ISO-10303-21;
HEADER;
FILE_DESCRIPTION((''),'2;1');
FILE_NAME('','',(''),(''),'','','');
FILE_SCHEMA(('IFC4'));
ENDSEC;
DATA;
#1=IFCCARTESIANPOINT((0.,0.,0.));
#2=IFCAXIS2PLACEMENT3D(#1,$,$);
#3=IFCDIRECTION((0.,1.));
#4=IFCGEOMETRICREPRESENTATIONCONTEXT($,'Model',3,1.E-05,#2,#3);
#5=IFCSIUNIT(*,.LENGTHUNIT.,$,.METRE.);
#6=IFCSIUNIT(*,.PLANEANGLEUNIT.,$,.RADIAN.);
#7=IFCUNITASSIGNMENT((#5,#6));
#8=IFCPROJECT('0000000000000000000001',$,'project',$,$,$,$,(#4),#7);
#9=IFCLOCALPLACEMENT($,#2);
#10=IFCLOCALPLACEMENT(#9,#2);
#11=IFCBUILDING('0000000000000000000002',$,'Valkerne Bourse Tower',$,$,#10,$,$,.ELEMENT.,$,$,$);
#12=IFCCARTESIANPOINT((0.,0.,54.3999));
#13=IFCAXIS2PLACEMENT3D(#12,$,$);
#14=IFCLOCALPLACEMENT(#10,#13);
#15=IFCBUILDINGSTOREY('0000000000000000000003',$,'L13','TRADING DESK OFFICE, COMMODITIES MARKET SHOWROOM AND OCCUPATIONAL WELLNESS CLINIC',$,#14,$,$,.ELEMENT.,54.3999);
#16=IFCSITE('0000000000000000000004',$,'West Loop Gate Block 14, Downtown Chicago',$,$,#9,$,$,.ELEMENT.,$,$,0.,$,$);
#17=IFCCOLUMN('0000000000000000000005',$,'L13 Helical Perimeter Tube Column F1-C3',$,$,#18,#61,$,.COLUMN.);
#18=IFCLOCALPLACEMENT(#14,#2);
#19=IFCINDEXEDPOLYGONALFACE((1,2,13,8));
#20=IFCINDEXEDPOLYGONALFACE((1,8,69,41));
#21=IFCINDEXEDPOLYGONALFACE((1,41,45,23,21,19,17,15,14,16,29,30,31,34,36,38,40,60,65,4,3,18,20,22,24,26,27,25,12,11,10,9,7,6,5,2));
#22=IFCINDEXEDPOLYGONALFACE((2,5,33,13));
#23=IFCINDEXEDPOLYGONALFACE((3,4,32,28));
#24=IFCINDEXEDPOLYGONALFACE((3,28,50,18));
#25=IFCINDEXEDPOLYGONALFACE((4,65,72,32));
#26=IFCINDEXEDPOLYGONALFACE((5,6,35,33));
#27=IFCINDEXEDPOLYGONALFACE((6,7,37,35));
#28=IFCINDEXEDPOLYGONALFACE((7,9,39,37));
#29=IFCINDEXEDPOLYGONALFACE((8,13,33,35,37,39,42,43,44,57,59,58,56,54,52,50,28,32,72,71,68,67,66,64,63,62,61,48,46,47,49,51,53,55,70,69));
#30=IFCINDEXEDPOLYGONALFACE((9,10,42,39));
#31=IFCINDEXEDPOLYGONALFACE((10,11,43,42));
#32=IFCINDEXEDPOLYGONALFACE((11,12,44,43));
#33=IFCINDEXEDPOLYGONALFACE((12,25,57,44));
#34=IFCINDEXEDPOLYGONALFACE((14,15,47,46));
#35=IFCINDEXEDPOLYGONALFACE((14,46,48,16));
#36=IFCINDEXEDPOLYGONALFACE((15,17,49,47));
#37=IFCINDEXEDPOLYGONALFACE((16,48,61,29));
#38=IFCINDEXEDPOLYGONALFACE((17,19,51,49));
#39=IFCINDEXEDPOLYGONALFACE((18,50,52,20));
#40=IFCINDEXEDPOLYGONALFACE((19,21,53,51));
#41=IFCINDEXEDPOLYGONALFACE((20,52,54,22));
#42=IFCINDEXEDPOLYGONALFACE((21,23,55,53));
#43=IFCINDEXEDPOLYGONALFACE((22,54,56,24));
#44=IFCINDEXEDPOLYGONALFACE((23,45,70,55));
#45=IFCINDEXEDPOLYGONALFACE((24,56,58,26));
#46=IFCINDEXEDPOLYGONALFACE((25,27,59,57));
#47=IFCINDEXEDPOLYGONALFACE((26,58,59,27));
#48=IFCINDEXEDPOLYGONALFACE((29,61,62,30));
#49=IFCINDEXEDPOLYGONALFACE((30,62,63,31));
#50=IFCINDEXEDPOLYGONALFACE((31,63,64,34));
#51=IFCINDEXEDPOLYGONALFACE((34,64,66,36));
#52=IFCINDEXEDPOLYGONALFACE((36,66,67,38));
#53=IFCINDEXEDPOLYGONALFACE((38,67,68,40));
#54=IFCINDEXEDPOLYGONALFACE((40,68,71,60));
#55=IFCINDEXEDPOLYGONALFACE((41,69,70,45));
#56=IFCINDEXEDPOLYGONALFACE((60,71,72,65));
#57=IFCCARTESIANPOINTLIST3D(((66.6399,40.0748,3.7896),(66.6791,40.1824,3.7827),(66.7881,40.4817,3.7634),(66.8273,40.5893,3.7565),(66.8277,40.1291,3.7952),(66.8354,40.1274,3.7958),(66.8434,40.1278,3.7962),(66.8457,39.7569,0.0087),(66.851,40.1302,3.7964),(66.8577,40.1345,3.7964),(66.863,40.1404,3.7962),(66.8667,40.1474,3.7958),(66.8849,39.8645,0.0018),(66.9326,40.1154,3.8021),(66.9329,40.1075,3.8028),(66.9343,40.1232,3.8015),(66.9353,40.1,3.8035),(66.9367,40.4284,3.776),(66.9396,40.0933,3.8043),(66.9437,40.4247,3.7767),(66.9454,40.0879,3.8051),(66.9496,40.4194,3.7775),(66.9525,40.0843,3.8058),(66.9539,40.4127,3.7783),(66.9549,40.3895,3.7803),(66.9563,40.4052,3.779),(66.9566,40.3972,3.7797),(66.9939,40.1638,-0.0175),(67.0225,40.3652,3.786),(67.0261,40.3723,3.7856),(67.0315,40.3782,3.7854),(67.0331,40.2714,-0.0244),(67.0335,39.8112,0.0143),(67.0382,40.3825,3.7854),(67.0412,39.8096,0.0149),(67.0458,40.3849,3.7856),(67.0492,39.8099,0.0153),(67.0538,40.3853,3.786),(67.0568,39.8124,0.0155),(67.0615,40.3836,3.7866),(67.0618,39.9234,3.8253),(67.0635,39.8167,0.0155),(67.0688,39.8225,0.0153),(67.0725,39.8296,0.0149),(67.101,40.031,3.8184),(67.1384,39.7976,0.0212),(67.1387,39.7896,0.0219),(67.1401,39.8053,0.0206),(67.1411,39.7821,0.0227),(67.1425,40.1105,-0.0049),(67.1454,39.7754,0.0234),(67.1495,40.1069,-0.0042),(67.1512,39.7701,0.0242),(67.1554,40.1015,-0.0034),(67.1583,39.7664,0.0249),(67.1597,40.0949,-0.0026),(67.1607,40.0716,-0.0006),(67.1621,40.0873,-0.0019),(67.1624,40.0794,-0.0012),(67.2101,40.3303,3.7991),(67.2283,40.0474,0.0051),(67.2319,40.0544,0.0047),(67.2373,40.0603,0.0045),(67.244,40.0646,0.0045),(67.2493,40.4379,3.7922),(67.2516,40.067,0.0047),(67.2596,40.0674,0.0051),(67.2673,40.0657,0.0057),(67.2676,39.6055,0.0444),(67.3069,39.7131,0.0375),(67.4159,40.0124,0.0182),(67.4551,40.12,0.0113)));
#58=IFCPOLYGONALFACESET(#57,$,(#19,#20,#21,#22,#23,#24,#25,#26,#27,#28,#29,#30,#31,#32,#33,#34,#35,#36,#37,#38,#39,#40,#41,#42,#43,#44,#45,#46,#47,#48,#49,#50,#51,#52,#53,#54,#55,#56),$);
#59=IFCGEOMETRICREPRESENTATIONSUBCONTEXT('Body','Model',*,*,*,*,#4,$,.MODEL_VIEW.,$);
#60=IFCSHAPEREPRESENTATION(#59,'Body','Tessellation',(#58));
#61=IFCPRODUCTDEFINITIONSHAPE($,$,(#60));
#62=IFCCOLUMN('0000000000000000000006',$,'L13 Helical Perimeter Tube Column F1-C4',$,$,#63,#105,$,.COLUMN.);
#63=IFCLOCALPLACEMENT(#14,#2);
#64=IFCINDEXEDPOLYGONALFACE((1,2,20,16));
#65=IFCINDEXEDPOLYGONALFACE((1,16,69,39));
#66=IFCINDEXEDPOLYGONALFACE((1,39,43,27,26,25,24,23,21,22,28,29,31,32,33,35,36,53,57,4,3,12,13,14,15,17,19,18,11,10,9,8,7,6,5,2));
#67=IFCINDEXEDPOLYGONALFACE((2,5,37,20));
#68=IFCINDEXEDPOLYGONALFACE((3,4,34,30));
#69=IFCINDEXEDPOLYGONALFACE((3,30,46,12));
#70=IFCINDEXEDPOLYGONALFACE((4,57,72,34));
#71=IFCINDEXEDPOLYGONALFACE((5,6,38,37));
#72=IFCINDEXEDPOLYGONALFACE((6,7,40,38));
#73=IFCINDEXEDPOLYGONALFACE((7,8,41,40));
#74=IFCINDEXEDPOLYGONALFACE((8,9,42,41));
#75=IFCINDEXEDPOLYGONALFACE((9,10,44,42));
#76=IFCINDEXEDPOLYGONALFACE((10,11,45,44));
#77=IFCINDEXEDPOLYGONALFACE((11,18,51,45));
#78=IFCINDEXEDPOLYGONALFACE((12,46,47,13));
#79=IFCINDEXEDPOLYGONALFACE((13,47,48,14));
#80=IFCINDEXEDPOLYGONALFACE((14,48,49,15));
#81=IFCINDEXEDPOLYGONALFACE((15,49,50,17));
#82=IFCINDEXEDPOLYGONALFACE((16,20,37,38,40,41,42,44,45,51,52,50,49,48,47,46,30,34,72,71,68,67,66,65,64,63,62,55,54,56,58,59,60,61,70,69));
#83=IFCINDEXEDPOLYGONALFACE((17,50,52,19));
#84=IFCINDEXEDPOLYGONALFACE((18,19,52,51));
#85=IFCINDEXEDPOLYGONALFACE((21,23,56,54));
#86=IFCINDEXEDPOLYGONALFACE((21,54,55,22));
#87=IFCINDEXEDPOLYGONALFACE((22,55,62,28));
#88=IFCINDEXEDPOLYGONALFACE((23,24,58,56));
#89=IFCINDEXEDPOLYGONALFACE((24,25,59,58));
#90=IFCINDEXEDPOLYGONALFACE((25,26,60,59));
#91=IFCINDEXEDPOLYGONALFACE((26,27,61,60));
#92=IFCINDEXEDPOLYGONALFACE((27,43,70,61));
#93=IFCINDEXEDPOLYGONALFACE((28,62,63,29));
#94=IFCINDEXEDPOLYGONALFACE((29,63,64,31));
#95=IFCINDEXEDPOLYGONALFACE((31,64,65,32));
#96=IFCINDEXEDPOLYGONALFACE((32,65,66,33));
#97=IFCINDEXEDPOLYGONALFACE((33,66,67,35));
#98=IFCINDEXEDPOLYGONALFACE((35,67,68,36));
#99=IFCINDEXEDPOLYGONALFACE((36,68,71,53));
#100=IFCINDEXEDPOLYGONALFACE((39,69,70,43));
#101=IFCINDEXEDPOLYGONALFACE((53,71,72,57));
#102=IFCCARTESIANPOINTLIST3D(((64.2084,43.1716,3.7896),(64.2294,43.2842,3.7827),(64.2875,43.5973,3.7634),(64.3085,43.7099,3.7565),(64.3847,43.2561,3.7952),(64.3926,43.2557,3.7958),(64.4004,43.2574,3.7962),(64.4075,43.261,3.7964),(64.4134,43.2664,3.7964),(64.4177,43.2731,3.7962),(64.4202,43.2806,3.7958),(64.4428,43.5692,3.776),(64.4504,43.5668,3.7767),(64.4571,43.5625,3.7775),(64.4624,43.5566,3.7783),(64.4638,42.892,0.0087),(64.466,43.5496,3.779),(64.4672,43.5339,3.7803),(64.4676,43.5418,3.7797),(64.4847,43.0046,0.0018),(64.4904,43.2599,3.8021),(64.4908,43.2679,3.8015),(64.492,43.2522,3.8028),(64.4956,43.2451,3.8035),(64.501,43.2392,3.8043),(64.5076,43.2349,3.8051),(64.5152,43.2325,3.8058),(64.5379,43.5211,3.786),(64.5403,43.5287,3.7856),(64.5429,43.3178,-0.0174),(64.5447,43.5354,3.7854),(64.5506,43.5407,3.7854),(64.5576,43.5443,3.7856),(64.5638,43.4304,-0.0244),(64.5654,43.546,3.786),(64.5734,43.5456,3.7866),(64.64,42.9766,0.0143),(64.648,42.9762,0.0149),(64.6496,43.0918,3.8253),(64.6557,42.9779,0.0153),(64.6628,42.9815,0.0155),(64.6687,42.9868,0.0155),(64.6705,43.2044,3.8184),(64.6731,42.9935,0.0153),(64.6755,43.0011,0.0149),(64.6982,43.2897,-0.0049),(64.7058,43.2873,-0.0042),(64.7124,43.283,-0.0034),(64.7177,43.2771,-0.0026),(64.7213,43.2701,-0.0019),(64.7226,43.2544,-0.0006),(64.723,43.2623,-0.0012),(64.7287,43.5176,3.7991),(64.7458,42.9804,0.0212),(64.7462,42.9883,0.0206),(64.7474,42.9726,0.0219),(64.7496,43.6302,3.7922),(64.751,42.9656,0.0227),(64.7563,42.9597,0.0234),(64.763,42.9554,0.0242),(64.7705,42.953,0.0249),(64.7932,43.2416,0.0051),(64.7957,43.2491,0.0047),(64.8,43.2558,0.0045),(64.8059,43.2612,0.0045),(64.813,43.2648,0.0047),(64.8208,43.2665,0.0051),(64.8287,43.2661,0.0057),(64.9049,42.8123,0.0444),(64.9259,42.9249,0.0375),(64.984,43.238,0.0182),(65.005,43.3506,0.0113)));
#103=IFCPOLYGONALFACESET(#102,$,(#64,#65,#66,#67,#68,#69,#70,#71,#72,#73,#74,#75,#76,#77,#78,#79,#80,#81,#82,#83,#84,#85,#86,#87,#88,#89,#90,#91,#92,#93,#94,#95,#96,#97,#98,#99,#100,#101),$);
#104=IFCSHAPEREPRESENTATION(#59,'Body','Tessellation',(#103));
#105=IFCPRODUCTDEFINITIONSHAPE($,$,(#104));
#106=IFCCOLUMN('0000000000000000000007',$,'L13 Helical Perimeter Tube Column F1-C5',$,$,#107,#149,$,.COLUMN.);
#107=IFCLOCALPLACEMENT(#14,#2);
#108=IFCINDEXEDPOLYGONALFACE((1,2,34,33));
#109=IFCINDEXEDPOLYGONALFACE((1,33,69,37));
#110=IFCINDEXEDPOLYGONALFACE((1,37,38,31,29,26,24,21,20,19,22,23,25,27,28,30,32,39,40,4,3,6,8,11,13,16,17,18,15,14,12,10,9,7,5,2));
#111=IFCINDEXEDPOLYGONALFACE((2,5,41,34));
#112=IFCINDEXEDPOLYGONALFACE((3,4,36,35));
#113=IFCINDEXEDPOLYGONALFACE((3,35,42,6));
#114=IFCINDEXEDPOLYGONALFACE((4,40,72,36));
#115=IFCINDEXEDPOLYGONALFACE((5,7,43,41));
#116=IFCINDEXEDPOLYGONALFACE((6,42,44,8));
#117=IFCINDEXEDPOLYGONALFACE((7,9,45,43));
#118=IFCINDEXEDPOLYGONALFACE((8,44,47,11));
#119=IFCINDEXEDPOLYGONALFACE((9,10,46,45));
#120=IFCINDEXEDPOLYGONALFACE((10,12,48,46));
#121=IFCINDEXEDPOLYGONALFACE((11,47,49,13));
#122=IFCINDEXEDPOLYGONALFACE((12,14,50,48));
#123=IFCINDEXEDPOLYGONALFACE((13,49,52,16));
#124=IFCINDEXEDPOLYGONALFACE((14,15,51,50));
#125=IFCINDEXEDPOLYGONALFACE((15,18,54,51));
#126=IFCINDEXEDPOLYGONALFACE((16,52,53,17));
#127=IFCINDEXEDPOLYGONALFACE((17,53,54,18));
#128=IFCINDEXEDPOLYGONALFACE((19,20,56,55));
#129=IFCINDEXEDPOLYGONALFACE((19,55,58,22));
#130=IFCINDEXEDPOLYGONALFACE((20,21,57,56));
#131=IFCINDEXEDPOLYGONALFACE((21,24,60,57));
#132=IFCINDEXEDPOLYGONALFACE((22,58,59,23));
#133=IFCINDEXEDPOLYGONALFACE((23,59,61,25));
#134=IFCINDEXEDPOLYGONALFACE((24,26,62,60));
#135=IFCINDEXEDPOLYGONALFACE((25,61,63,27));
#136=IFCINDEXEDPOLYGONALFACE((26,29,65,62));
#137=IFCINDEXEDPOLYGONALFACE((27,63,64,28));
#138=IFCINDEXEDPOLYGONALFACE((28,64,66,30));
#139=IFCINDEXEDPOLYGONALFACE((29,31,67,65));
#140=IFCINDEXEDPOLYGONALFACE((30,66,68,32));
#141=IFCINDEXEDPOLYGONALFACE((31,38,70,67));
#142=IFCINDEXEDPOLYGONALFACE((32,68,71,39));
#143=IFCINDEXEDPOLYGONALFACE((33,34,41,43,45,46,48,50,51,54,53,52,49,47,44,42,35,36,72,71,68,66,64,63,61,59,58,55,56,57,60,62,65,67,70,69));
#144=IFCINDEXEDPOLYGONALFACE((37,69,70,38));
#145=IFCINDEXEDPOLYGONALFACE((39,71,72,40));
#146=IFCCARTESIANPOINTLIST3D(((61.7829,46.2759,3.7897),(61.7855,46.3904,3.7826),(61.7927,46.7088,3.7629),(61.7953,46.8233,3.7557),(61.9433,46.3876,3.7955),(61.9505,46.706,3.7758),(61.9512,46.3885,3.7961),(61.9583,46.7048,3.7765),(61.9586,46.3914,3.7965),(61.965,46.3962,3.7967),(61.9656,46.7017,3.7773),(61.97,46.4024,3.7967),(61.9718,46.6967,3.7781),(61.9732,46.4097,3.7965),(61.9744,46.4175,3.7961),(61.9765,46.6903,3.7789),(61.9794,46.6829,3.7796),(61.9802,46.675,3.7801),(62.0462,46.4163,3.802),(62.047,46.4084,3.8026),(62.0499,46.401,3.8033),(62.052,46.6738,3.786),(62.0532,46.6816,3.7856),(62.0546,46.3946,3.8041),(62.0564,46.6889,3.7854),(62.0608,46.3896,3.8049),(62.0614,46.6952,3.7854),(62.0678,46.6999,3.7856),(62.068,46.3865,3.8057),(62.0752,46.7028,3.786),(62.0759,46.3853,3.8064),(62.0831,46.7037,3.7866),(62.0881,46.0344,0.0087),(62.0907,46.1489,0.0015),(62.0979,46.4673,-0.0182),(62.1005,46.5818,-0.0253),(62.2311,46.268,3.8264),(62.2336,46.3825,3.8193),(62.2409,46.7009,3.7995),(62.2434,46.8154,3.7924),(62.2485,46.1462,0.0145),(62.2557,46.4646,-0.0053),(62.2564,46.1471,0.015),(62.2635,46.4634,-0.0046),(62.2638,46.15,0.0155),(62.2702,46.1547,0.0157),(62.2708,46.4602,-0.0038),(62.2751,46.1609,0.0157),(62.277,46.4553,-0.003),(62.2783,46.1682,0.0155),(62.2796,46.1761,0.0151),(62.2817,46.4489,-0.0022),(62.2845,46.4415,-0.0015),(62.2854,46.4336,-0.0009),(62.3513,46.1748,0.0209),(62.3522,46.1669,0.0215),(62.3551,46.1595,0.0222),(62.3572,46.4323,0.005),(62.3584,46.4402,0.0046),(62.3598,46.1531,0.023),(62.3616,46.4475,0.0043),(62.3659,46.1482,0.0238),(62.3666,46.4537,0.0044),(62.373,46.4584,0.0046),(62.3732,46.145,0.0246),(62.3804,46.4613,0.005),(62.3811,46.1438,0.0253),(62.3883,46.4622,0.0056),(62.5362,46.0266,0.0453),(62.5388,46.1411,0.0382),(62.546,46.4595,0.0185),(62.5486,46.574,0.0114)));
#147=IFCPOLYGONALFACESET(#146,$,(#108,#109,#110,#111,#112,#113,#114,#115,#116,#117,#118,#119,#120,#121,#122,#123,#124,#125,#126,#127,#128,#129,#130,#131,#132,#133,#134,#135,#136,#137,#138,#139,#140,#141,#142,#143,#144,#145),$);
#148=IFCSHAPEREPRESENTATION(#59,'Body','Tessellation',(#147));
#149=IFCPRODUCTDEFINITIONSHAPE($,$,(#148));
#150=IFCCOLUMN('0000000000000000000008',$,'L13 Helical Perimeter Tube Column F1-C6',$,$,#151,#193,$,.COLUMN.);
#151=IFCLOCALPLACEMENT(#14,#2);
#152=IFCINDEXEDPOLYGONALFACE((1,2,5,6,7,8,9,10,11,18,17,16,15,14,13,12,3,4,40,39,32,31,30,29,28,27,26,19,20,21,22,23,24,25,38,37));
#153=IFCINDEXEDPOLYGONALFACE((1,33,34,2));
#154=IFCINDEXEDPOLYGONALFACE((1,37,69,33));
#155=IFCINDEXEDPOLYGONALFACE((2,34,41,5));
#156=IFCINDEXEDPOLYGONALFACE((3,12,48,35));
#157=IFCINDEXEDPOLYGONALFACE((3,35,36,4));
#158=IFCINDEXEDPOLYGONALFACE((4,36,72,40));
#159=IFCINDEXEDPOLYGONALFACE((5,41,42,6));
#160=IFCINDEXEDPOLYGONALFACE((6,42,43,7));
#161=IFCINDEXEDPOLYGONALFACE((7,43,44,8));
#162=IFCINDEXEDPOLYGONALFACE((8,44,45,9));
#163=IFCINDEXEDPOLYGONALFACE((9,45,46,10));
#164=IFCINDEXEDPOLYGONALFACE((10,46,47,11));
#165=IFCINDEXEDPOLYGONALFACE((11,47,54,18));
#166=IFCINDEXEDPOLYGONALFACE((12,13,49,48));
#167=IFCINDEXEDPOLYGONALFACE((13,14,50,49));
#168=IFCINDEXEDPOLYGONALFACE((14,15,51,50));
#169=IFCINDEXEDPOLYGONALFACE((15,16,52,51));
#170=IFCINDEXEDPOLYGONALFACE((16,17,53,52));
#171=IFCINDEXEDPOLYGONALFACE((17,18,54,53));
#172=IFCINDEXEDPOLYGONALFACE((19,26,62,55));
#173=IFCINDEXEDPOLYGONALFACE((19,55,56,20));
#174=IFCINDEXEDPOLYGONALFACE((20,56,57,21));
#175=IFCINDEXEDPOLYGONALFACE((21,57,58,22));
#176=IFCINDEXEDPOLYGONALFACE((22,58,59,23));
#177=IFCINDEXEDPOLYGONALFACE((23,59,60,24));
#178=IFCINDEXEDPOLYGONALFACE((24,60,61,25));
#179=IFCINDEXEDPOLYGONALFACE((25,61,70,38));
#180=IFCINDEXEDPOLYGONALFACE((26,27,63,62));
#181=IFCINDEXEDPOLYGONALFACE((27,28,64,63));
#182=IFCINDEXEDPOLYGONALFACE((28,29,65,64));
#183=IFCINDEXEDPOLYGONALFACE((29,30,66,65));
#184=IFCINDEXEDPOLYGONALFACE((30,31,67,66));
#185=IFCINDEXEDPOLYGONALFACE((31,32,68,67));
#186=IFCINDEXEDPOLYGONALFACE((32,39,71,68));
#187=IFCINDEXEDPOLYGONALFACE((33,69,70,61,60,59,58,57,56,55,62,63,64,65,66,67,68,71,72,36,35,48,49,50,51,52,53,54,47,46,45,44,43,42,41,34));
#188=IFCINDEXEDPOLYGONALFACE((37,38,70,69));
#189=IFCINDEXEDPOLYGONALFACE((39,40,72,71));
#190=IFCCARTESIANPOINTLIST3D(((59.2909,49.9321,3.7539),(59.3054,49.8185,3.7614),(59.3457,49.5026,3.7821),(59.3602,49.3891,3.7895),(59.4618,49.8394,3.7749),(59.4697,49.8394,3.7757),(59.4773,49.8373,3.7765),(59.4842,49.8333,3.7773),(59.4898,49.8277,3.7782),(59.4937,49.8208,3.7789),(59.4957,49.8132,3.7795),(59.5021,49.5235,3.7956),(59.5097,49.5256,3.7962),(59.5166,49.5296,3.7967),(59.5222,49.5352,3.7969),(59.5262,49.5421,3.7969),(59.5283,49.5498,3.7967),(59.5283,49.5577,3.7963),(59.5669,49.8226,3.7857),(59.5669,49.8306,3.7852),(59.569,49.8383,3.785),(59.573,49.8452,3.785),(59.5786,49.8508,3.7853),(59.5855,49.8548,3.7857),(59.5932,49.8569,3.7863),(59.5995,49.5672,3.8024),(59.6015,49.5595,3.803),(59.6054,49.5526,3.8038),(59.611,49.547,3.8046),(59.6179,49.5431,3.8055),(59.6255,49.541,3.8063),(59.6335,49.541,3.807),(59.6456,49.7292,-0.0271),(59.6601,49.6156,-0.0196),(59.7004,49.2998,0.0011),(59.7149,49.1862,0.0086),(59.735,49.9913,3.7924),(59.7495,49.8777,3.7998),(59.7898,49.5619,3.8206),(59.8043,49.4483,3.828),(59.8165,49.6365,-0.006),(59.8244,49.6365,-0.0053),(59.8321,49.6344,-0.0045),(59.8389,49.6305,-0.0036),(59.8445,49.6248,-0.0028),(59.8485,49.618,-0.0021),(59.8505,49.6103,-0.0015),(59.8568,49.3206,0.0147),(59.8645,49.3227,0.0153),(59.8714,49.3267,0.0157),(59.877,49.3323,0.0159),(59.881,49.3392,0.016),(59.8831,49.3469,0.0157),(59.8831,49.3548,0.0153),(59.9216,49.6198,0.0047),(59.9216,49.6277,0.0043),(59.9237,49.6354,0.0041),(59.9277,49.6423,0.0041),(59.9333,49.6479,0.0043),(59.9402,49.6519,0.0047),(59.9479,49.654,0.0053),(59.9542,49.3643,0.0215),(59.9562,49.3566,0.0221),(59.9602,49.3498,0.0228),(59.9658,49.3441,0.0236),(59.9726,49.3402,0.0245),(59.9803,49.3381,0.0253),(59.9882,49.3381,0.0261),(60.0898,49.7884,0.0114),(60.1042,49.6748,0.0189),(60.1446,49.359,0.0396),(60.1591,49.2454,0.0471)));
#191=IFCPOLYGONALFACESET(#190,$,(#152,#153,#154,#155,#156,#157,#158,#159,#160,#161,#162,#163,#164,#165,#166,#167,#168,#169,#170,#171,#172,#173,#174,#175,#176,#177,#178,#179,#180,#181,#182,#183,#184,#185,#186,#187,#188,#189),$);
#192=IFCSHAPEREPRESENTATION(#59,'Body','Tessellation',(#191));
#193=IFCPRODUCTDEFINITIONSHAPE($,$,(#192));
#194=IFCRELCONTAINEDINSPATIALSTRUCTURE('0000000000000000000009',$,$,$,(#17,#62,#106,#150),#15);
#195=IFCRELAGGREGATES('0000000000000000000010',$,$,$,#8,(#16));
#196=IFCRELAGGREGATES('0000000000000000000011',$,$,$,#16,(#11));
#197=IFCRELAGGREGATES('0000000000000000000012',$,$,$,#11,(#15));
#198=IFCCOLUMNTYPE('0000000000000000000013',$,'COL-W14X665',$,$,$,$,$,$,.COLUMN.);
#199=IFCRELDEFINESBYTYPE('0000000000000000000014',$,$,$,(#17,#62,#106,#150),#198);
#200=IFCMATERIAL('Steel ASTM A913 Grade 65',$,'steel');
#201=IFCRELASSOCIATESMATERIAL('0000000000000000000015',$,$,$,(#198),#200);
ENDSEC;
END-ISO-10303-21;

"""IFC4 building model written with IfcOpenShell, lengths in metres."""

from ifc_helpers import new_model, si_unit, direction, frame, origin, origin_2d, place, context, subcontext, project, spatial, i_section, extrude, material, material_profile, profile_set, type_object, element, save


model = new_model("IFC4")

# Units and contexts
model_context = context("Model", 3, precision=1e-05, world=origin(), true_north=direction((0.0, 1.0)))
body_context = subcontext(model_context, "Body", "Model", "MODEL_VIEW")
ifc_project = project(units=[si_unit("LENGTHUNIT", "METRE"), si_unit("PLANEANGLEUNIT", "RADIAN")], contexts=[model_context])

# Site, building, storey
site_placement = place(None, origin())
site = spatial("IfcSite", under=ifc_project, at=site_placement, Name="West Loop Gate Block 14, Downtown Chicago", CompositionType="ELEMENT", RefElevation=0.0)
building_placement = place(site_placement, origin())
building = spatial("IfcBuilding", under=site, at=building_placement, Name="Valkerne Bourse Tower", CompositionType="ELEMENT")
storey_placement = place(building_placement, frame((0.0, 0.0, 54.3999)))
storey = spatial("IfcBuildingStorey", under=building, at=storey_placement, Name="L13", Description="TRADING DESK OFFICE, COMMODITIES MARKET SHOWROOM AND OCCUPATIONAL WELLNESS CLINIC", CompositionType="ELEMENT", Elevation=54.3999)

# Columns
ifc_material_1 = material(Name="Steel ASTM A913 Grade 65", Category="steel")
ifc_material_profile_1 = material_profile(ifc_material_1, i_section(OverallWidth=0.4497, OverallDepth=0.5486, WebThickness=0.072, FlangeThickness=0.1147, FilletRadius=0.0305, at=origin_2d()), Name="W14X665")
ifc_profile_set_1 = profile_set([ifc_material_profile_1], Name="Steel ASTM A913 Grade 65")
column_type = type_object("IfcColumnType", Name="COL-W14X665", PredefinedType="COLUMN", material=ifc_profile_set_1)
for number, where, z_axis, x_axis, name in (
    (1, (67.1504, 39.9385, 0.01), (-0.054162, 0.083652, 0.995022), (0.938262, -0.336696, 0.079378), "L13 Helical Perimeter Tube Column F1-C3"),
    (2, (64.7344, 43.1213, 0.01), (-0.067204, 0.073565, 0.995023), (0.980938, -0.177372, 0.079367), "L13 Helical Perimeter Tube Column F1-C4"),
):
    element("IfcColumn", number, at=place(storey_placement, frame(where, z_axis=z_axis, x_axis=x_axis)), inside=storey, type_object=column_type, Name=name, PredefinedType="COLUMN", context=body_context, shape_type="SweptSolid", body=[
        extrude(i_section(OverallWidth=0.4497, OverallDepth=0.5486, WebThickness=0.072, FlangeThickness=0.1147, FilletRadius=0.0305, at=origin_2d()), origin(), (0.0, 0.0, 1.0), 3.7998),
    ])
column_placement = place(storey_placement, frame((62.3184, 46.3042, 0.01), z_axis=(-0.080289, 0.063524, 0.994745), x_axis=(0.996516, -0.017491, 0.081549)))
element("IfcColumn", 3, at=column_placement, inside=storey, type_object=column_type, Name="L13 Helical Perimeter Tube Column F1-C5", PredefinedType="COLUMN", context=body_context, shape_type="SweptSolid", body=[
    extrude(i_section(OverallWidth=0.4497, OverallDepth=0.5486, WebThickness=0.072, FlangeThickness=0.1147, FilletRadius=0.0305, at=origin_2d()), origin(), (0.0, 0.0, 1.0), 3.801),
])
for number, where, z_axis, x_axis, name in (
    (4, (59.9023, 49.4873, 0.01), (-0.093277, 0.053347, 0.99421), (0.987591, 0.131672, 0.085591), "L13 Helical Perimeter Tube Column F1-C6"),
):
    element("IfcColumn", number, at=place(storey_placement, frame(where, z_axis=z_axis, x_axis=x_axis)), inside=storey, type_object=column_type, Name=name, PredefinedType="COLUMN", context=body_context, shape_type="SweptSolid", body=[
        extrude(i_section(OverallWidth=0.4497, OverallDepth=0.5486, WebThickness=0.072, FlangeThickness=0.1147, FilletRadius=0.0305, at=origin_2d()), origin(), (0.0, 0.0, 1.0), 3.803),
    ])

save(model, "model.ifc")
